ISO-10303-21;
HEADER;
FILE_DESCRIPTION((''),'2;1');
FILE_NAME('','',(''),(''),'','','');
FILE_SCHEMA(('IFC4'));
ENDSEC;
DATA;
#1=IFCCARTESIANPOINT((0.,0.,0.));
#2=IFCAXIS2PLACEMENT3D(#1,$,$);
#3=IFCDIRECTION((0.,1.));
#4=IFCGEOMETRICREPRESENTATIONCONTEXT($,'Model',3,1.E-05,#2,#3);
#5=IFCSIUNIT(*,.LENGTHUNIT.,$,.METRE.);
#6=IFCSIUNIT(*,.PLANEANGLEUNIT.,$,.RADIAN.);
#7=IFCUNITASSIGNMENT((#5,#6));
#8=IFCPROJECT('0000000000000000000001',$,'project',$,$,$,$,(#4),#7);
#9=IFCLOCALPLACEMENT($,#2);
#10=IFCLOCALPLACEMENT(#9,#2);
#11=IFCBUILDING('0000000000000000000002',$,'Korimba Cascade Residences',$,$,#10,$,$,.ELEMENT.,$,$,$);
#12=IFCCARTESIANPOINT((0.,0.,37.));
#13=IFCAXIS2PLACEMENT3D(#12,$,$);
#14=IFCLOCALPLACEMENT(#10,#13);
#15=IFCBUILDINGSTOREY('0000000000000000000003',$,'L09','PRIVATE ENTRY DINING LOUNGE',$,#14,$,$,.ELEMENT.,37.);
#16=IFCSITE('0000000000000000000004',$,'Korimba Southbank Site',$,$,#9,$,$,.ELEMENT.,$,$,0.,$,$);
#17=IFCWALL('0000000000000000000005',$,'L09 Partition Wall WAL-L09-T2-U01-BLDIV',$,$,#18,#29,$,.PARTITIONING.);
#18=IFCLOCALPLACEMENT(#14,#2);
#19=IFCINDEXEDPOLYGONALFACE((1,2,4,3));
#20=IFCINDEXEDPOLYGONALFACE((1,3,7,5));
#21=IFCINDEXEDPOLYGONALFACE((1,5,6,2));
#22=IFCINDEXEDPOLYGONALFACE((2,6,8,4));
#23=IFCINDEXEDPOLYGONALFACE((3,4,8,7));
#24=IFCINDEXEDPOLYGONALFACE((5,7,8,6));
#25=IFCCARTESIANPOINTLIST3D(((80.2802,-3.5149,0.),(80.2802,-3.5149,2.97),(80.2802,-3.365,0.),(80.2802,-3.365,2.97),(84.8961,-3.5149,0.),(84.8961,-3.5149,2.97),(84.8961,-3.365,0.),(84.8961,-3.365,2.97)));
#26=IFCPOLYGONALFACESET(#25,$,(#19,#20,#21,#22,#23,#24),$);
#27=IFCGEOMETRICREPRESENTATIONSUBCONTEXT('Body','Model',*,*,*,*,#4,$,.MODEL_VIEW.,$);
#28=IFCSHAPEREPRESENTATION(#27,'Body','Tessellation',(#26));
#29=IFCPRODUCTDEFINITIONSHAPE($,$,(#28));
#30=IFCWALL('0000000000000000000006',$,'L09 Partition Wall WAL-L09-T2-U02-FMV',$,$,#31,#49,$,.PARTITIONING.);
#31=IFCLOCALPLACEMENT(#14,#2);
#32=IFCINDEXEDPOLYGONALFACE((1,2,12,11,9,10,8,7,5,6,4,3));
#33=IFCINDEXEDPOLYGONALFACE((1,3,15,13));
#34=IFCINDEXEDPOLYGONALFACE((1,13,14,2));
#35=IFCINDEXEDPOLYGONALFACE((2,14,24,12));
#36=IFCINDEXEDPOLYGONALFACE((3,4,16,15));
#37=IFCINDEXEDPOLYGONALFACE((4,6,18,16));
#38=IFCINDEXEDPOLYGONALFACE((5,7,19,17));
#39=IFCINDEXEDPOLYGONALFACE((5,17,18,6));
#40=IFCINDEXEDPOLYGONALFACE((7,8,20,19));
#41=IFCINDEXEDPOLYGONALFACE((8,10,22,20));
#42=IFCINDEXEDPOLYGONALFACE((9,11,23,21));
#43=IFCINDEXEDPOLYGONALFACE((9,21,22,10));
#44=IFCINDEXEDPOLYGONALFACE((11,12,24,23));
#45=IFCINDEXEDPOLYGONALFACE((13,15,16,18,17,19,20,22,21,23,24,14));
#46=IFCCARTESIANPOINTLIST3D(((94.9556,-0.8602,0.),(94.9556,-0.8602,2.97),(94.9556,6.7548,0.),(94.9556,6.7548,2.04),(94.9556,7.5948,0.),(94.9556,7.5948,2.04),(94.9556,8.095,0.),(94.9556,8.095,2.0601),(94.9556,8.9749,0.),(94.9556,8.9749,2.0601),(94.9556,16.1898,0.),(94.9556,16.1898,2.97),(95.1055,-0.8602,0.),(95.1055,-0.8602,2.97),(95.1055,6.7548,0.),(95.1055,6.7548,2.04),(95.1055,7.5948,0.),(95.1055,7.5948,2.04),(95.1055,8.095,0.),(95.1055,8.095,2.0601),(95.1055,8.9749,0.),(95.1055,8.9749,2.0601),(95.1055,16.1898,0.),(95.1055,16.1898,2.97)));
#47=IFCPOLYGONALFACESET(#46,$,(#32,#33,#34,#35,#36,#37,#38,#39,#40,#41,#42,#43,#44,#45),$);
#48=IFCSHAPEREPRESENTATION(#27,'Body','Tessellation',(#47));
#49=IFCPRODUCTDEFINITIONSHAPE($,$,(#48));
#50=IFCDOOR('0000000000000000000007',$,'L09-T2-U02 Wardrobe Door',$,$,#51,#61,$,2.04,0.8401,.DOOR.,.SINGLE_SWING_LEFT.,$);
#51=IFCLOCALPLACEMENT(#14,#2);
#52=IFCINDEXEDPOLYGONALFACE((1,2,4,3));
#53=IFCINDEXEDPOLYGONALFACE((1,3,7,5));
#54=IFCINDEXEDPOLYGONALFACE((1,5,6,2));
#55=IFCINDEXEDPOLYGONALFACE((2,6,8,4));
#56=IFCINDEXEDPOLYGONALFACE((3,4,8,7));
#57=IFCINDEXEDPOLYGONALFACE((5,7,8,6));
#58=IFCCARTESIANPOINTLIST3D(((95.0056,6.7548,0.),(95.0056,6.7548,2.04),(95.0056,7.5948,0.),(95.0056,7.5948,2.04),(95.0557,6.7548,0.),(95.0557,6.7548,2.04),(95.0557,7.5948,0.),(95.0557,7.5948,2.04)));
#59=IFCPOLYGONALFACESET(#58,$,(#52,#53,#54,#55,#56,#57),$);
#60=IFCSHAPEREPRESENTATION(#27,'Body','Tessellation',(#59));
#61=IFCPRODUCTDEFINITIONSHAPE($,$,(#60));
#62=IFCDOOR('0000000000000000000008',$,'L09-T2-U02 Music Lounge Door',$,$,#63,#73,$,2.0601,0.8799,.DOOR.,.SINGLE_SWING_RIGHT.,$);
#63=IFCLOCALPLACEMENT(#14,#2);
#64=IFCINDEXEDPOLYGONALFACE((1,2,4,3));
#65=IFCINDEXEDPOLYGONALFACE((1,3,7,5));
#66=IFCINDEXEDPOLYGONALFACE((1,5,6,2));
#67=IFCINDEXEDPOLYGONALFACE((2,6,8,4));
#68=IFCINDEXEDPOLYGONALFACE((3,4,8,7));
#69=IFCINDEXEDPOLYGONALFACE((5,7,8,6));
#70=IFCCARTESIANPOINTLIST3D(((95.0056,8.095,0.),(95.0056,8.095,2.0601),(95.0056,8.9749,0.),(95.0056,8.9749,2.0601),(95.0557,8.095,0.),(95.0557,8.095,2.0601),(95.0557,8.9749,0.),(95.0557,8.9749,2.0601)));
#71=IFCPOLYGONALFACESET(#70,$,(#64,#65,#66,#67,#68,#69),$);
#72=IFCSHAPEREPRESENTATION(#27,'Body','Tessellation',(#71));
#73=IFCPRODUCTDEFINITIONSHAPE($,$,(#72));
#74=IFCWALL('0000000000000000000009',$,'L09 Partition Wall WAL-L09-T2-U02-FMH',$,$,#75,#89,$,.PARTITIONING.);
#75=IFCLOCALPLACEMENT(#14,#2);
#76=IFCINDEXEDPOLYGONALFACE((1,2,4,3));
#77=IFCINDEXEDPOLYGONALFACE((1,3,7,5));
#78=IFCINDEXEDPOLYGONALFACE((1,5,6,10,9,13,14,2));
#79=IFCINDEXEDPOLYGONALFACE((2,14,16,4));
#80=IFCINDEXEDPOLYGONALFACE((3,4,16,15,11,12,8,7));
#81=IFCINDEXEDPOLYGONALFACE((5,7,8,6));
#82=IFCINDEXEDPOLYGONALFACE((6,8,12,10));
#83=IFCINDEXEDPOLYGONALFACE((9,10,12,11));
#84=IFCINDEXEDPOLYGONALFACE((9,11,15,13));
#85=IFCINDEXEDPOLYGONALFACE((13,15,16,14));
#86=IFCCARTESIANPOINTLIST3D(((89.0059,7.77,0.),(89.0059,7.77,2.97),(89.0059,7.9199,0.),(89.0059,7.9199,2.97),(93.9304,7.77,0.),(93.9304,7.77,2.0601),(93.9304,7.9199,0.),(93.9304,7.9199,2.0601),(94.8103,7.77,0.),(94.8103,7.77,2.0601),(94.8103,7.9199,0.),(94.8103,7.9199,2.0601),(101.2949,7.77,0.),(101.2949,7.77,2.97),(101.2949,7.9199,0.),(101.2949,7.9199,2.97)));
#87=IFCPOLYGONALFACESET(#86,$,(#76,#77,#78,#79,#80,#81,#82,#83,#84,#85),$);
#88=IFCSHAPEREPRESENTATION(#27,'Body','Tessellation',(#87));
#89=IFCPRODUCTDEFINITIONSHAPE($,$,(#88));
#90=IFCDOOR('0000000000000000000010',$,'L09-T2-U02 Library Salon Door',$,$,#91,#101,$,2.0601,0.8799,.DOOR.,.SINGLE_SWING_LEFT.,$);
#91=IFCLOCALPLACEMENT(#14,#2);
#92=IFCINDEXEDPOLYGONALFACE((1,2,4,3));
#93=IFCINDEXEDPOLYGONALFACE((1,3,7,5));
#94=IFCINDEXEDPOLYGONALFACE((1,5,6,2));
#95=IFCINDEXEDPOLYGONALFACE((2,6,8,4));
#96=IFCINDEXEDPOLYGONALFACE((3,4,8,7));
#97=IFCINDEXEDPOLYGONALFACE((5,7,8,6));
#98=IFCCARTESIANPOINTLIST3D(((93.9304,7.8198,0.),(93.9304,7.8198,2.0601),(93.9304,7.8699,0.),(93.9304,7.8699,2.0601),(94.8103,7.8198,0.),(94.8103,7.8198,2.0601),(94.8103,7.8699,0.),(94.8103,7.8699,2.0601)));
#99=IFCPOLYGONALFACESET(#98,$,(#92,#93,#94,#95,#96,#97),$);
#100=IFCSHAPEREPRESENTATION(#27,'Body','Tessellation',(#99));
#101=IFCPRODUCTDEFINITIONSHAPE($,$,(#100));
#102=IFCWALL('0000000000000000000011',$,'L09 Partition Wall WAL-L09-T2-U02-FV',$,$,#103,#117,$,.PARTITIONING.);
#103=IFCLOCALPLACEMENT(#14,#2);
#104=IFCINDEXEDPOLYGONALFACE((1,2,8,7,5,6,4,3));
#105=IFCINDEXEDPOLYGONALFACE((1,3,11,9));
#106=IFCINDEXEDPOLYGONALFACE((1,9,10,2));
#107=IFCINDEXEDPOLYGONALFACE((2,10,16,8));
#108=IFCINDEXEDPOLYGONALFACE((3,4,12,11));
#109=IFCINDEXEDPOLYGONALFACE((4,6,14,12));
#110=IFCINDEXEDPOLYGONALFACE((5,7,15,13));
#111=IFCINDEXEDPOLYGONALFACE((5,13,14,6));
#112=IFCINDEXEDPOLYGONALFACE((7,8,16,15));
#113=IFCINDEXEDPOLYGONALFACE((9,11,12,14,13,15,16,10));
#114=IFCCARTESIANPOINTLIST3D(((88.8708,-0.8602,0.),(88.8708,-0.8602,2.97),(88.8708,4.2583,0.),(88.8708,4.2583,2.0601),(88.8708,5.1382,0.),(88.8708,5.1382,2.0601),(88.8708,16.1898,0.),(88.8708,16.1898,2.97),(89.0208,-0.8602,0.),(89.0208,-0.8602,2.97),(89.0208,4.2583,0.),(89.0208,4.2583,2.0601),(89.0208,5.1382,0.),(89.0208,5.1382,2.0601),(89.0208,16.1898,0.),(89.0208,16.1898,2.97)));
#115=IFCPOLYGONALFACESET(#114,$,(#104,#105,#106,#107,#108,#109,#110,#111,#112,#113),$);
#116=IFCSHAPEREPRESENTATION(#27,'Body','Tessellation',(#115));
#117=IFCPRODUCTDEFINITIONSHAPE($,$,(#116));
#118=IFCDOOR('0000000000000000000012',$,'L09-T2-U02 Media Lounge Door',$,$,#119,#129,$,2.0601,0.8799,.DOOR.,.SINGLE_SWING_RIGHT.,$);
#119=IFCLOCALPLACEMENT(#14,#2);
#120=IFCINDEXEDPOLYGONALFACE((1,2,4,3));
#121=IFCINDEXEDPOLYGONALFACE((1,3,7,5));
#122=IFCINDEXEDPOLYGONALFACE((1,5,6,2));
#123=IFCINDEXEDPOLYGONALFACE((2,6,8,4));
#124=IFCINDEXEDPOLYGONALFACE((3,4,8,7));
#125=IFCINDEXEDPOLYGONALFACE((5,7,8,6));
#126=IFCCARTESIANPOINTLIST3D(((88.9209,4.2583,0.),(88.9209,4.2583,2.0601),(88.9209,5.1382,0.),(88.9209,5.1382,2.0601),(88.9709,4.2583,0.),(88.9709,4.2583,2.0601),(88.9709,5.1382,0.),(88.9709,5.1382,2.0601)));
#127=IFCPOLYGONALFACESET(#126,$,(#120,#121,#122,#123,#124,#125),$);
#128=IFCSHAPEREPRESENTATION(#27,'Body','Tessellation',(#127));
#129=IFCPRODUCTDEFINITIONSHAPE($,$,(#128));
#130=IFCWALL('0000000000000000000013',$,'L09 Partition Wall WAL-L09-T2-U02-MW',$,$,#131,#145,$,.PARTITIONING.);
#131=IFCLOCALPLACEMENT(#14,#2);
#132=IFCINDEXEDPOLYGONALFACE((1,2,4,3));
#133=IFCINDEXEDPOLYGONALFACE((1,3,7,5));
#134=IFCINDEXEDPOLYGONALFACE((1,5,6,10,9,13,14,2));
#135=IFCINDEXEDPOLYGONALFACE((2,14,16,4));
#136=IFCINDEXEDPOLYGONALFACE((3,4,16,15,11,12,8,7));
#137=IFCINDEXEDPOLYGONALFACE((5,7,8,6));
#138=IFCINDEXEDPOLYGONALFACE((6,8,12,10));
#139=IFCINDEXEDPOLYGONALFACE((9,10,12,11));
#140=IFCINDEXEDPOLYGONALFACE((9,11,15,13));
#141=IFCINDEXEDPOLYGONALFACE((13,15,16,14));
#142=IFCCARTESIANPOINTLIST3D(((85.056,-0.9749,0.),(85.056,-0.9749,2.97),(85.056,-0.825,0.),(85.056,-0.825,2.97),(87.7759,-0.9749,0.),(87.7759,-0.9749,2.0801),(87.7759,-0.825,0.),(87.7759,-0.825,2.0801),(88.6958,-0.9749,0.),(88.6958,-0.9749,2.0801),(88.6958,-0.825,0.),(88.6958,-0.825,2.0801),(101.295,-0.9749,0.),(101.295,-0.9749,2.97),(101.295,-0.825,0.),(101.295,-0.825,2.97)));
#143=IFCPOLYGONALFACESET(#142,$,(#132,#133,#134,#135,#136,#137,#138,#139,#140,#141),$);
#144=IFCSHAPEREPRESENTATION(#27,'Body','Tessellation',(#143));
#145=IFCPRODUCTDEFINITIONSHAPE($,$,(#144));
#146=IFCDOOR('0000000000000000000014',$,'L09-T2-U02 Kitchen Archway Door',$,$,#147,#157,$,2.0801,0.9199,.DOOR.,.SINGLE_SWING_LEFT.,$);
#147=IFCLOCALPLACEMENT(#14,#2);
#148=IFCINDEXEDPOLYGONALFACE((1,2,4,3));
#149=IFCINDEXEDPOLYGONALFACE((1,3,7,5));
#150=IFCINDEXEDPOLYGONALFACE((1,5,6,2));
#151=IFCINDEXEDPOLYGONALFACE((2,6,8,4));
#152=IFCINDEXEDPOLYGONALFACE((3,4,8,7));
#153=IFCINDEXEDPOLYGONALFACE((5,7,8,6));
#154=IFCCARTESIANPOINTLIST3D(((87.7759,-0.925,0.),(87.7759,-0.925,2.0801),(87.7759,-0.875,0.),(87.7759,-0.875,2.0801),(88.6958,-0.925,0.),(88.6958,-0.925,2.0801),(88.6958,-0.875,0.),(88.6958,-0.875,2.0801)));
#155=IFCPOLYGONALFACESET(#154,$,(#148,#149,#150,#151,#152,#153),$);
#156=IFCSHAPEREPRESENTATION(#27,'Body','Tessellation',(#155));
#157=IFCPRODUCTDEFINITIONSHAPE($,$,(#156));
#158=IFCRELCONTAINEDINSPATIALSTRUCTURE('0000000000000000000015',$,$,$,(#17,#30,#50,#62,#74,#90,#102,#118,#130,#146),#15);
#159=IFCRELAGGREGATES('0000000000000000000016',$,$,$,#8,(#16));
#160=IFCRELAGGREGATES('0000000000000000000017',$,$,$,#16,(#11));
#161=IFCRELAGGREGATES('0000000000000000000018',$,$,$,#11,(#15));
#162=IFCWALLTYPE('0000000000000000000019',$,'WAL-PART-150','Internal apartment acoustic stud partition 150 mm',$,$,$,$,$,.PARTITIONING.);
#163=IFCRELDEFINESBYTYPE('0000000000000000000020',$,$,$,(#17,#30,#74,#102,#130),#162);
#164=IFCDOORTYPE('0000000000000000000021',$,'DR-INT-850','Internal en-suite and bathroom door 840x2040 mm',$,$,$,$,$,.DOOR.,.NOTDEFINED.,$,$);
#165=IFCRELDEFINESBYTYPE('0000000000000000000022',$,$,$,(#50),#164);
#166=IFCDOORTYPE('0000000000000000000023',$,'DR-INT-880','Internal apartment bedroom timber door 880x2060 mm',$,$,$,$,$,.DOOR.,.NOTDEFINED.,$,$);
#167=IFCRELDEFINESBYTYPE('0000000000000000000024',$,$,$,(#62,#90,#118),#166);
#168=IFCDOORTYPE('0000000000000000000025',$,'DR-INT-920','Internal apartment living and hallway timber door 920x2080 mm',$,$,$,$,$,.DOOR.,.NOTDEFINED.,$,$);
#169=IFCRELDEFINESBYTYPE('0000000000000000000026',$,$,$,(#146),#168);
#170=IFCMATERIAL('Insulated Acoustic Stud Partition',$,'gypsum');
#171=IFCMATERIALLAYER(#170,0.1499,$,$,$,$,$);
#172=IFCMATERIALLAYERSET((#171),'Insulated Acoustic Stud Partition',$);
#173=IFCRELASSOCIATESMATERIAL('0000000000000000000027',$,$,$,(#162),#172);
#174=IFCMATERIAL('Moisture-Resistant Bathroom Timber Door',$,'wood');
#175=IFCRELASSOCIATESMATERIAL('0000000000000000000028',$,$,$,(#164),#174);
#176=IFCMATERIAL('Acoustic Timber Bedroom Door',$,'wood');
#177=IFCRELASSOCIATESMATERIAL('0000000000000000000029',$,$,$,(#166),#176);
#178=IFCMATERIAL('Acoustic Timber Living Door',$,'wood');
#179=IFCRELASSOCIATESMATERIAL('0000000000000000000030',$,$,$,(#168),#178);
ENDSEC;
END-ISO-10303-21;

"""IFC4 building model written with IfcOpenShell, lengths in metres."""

from ifc_helpers import new_model, si_unit, direction, frame, frame_2d, origin, place, context, subcontext, project, spatial, rectangle, extrude, material, layer, layer_set, type_object, element, fill, save


model = new_model("IFC4")

# Units and contexts
model_context = context("Model", 3, precision=1e-05, world=origin(), true_north=direction((0.0, 1.0)))
body_context = subcontext(model_context, "Body", "Model", "MODEL_VIEW")
ifc_project = project(units=[si_unit("LENGTHUNIT", "METRE"), si_unit("PLANEANGLEUNIT", "RADIAN")], contexts=[model_context])

# Site, building, storey
site_placement = place(None, origin())
site = spatial("IfcSite", under=ifc_project, at=site_placement, Name="Korimba Southbank Site", CompositionType="ELEMENT", RefElevation=0.0)
building_placement = place(site_placement, origin())
building = spatial("IfcBuilding", under=site, at=building_placement, Name="Korimba Cascade Residences", CompositionType="ELEMENT")
storey_placement = place(building_placement, frame((0.0, 0.0, 37.0)))
storey = spatial("IfcBuildingStorey", under=building, at=storey_placement, Name="L09", Description="PRIVATE ENTRY DINING LOUNGE", CompositionType="ELEMENT", Elevation=37.0)

# Wall
ifc_material_1 = material(Name="Insulated Acoustic Stud Partition", Category="gypsum")
ifc_layer_1 = layer(ifc_material_1, 0.1499)
ifc_layer_set_1 = layer_set([ifc_layer_1], Name="Insulated Acoustic Stud Partition")
wall_type_1 = type_object("IfcWallType", Name="WAL-PART-150", Description="Internal apartment acoustic stud partition 150 mm", PredefinedType="PARTITIONING", material=ifc_layer_set_1)
wall_1_placement = place(storey_placement, frame((80.28, -3.4399, 0.0), z_axis=(0.0, 0.0, 1.0), x_axis=(1.0, 0.0, 0.0)))
element("IfcWall", 1, at=wall_1_placement, inside=storey, type_object=wall_type_1, Name="L09 Partition Wall WAL-L09-T2-U01-BLDIV", PredefinedType="PARTITIONING", context=body_context, shape_type="SweptSolid", body=[
    extrude(rectangle(XDim=4.616, YDim=0.1499, at=frame_2d((2.3081, 0.0))), origin(), (0.0, 0.0, 1.0), 2.97),
])

# Wall, openings, doors
wall_2_placement = place(storey_placement, frame((95.0305, -0.8601, 0.0), z_axis=(0.0, 0.0, 1.0), x_axis=(0.0, 1.0, 0.0)))
wall_2 = element("IfcWall", 2, at=wall_2_placement, inside=storey, type_object=wall_type_1, Name="L09 Partition Wall WAL-L09-T2-U02-FMV", PredefinedType="PARTITIONING", context=body_context, shape_type="SweptSolid", body=[
    extrude(rectangle(XDim=17.05, YDim=0.1499, at=frame_2d((8.5249, 0.0))), origin(), (0.0, 0.0, 1.0), 2.97),
])
opening_1_placement = place(wall_2_placement, frame((7.615, 0.0, 0.0)))
opening_1 = element("IfcOpeningElement", 3, at=opening_1_placement, cuts=wall_2, PredefinedType="OPENING", context=body_context, shape_type="SweptSolid", body=[
    extrude(rectangle(XDim=0.8401, YDim=2.04, at=frame_2d((0.4199, 1.02))), frame((0.0, 0.085, 0.0), z_axis=(0.0, -1.0, 0.0), x_axis=(1.0, 0.0, 0.0)), (0.0, 0.0, 1.0), 0.1699),
])
opening_2_placement = place(wall_2_placement, frame((8.9551, 0.0, 0.0)))
opening_2 = element("IfcOpeningElement", 4, at=opening_2_placement, cuts=wall_2, PredefinedType="OPENING", context=body_context, shape_type="SweptSolid", body=[
    extrude(rectangle(XDim=0.8799, YDim=2.0601, at=frame_2d((0.4399, 1.03))), frame((0.0, 0.085, 0.0), z_axis=(0.0, -1.0, 0.0), x_axis=(1.0, 0.0, 0.0)), (0.0, 0.0, 1.0), 0.1699),
])
ifc_material_2 = material(Name="Moisture-Resistant Bathroom Timber Door", Category="wood")
door_type_1 = type_object("IfcDoorType", Name="DR-INT-850", Description="Internal en-suite and bathroom door 840x2040 mm", OperationType="NOTDEFINED", PredefinedType="DOOR", material=ifc_material_2)
door_1_placement = place(opening_1_placement, origin())
door_1 = element("IfcDoor", 5, at=door_1_placement, inside=storey, type_object=door_type_1, Name="L09-T2-U02 Wardrobe Door", OperationType="SINGLE_SWING_LEFT", OverallHeight=2.04, OverallWidth=0.8401, PredefinedType="DOOR", context=body_context, shape_type="SweptSolid", body=[
    extrude(rectangle(XDim=0.8401, YDim=2.04, at=frame_2d((0.4199, 1.02))), frame((0.0, 0.0249, 0.0), z_axis=(0.0, -1.0, 0.0), x_axis=(1.0, 0.0, 0.0)), (0.0, 0.0, 1.0), 0.05),
])
fill(opening_1, door_1)
ifc_material_3 = material(Name="Acoustic Timber Bedroom Door", Category="wood")
door_type_2 = type_object("IfcDoorType", Name="DR-INT-880", Description="Internal apartment bedroom timber door 880x2060 mm", OperationType="NOTDEFINED", PredefinedType="DOOR", material=ifc_material_3)
door_2_placement = place(opening_2_placement, origin())
door_2 = element("IfcDoor", 6, at=door_2_placement, inside=storey, type_object=door_type_2, Name="L09-T2-U02 Music Lounge Door", OperationType="SINGLE_SWING_RIGHT", OverallHeight=2.0601, OverallWidth=0.8799, PredefinedType="DOOR", context=body_context, shape_type="SweptSolid", body=[
    extrude(rectangle(XDim=0.8799, YDim=2.0601, at=frame_2d((0.4399, 1.03))), frame((0.0, 0.0249, 0.0), z_axis=(0.0, -1.0, 0.0), x_axis=(1.0, 0.0, 0.0)), (0.0, 0.0, 1.0), 0.05),
])
fill(opening_2, door_2)

# Walls, openings, doors
wall_3_placement = place(storey_placement, frame((89.0059, 7.845, 0.0), z_axis=(0.0, 0.0, 1.0), x_axis=(1.0, 0.0, 0.0)))
wall_3 = element("IfcWall", 7, at=wall_3_placement, inside=storey, type_object=wall_type_1, Name="L09 Partition Wall WAL-L09-T2-U02-FMH", PredefinedType="PARTITIONING", context=body_context, shape_type="SweptSolid", body=[
    extrude(rectangle(XDim=12.2891, YDim=0.1499, at=frame_2d((6.1445, 0.0))), origin(), (0.0, 0.0, 1.0), 2.97),
])
opening_3_placement = place(wall_3_placement, frame((4.9246, 0.0, 0.0)))
opening_3 = element("IfcOpeningElement", 8, at=opening_3_placement, cuts=wall_3, PredefinedType="OPENING", context=body_context, shape_type="SweptSolid", body=[
    extrude(rectangle(XDim=0.8799, YDim=2.0601, at=frame_2d((0.4399, 1.03))), frame((0.0, 0.085, 0.0), z_axis=(0.0, -1.0, 0.0), x_axis=(1.0, 0.0, 0.0)), (0.0, 0.0, 1.0), 0.1699),
])
door_3_placement = place(opening_3_placement, origin())
door_3 = element("IfcDoor", 9, at=door_3_placement, inside=storey, type_object=door_type_2, Name="L09-T2-U02 Library Salon Door", OperationType="SINGLE_SWING_LEFT", OverallHeight=2.0601, OverallWidth=0.8799, PredefinedType="DOOR", context=body_context, shape_type="SweptSolid", body=[
    extrude(rectangle(XDim=0.8799, YDim=2.0601, at=frame_2d((0.4399, 1.03))), frame((0.0, 0.0249, 0.0), z_axis=(0.0, -1.0, 0.0), x_axis=(1.0, 0.0, 0.0)), (0.0, 0.0, 1.0), 0.05),
])
fill(opening_3, door_3)
wall_4_placement = place(storey_placement, frame((88.9458, -0.8601, 0.0), z_axis=(0.0, 0.0, 1.0), x_axis=(0.0, 1.0, 0.0)))
wall_4 = element("IfcWall", 10, at=wall_4_placement, inside=storey, type_object=wall_type_1, Name="L09 Partition Wall WAL-L09-T2-U02-FV", PredefinedType="PARTITIONING", context=body_context, shape_type="SweptSolid", body=[
    extrude(rectangle(XDim=17.05, YDim=0.1499, at=frame_2d((8.5249, 0.0))), origin(), (0.0, 0.0, 1.0), 2.97),
])
opening_4_placement = place(wall_4_placement, frame((5.1184, 0.0, 0.0)))
opening_4 = element("IfcOpeningElement", 11, at=opening_4_placement, cuts=wall_4, PredefinedType="OPENING", context=body_context, shape_type="SweptSolid", body=[
    extrude(rectangle(XDim=0.8799, YDim=2.0601, at=frame_2d((0.4399, 1.03))), frame((0.0, 0.085, 0.0), z_axis=(0.0, -1.0, 0.0), x_axis=(1.0, 0.0, 0.0)), (0.0, 0.0, 1.0), 0.1699),
])
door_4_placement = place(opening_4_placement, origin())
door_4 = element("IfcDoor", 12, at=door_4_placement, inside=storey, type_object=door_type_2, Name="L09-T2-U02 Media Lounge Door", OperationType="SINGLE_SWING_RIGHT", OverallHeight=2.0601, OverallWidth=0.8799, PredefinedType="DOOR", context=body_context, shape_type="SweptSolid", body=[
    extrude(rectangle(XDim=0.8799, YDim=2.0601, at=frame_2d((0.4399, 1.03))), frame((0.0, 0.0249, 0.0), z_axis=(0.0, -1.0, 0.0), x_axis=(1.0, 0.0, 0.0)), (0.0, 0.0, 1.0), 0.05),
])
fill(opening_4, door_4)
wall_5_placement = place(storey_placement, frame((85.0559, -0.8999, 0.0), z_axis=(0.0, 0.0, 1.0), x_axis=(1.0, 0.0, 0.0)))
wall_5 = element("IfcWall", 13, at=wall_5_placement, inside=storey, type_object=wall_type_1, Name="L09 Partition Wall WAL-L09-T2-U02-MW", PredefinedType="PARTITIONING", context=body_context, shape_type="SweptSolid", body=[
    extrude(rectangle(XDim=16.239, YDim=0.1499, at=frame_2d((8.1196, 0.0))), origin(), (0.0, 0.0, 1.0), 2.97),
])
opening_5_placement = place(wall_5_placement, frame((2.72, 0.0, 0.0)))
opening_5 = element("IfcOpeningElement", 14, at=opening_5_placement, cuts=wall_5, PredefinedType="OPENING", context=body_context, shape_type="SweptSolid", body=[
    extrude(rectangle(XDim=0.9199, YDim=2.0801, at=frame_2d((0.46, 1.04))), frame((0.0, 0.085, 0.0), z_axis=(0.0, -1.0, 0.0), x_axis=(1.0, 0.0, 0.0)), (0.0, 0.0, 1.0), 0.1699),
])
ifc_material_4 = material(Name="Acoustic Timber Living Door", Category="wood")
door_type_3 = type_object("IfcDoorType", Name="DR-INT-920", Description="Internal apartment living and hallway timber door 920x2080 mm", OperationType="NOTDEFINED", PredefinedType="DOOR", material=ifc_material_4)
door_5_placement = place(opening_5_placement, origin())
door_5 = element("IfcDoor", 15, at=door_5_placement, inside=storey, type_object=door_type_3, Name="L09-T2-U02 Kitchen Archway Door", OperationType="SINGLE_SWING_LEFT", OverallHeight=2.0801, OverallWidth=0.9199, PredefinedType="DOOR", context=body_context, shape_type="SweptSolid", body=[
    extrude(rectangle(XDim=0.9199, YDim=2.0801, at=frame_2d((0.46, 1.04))), frame((0.0, 0.0249, 0.0), z_axis=(0.0, -1.0, 0.0), x_axis=(1.0, 0.0, 0.0)), (0.0, 0.0, 1.0), 0.05),
])
fill(opening_5, door_5)

save(model, "model.ifc")
